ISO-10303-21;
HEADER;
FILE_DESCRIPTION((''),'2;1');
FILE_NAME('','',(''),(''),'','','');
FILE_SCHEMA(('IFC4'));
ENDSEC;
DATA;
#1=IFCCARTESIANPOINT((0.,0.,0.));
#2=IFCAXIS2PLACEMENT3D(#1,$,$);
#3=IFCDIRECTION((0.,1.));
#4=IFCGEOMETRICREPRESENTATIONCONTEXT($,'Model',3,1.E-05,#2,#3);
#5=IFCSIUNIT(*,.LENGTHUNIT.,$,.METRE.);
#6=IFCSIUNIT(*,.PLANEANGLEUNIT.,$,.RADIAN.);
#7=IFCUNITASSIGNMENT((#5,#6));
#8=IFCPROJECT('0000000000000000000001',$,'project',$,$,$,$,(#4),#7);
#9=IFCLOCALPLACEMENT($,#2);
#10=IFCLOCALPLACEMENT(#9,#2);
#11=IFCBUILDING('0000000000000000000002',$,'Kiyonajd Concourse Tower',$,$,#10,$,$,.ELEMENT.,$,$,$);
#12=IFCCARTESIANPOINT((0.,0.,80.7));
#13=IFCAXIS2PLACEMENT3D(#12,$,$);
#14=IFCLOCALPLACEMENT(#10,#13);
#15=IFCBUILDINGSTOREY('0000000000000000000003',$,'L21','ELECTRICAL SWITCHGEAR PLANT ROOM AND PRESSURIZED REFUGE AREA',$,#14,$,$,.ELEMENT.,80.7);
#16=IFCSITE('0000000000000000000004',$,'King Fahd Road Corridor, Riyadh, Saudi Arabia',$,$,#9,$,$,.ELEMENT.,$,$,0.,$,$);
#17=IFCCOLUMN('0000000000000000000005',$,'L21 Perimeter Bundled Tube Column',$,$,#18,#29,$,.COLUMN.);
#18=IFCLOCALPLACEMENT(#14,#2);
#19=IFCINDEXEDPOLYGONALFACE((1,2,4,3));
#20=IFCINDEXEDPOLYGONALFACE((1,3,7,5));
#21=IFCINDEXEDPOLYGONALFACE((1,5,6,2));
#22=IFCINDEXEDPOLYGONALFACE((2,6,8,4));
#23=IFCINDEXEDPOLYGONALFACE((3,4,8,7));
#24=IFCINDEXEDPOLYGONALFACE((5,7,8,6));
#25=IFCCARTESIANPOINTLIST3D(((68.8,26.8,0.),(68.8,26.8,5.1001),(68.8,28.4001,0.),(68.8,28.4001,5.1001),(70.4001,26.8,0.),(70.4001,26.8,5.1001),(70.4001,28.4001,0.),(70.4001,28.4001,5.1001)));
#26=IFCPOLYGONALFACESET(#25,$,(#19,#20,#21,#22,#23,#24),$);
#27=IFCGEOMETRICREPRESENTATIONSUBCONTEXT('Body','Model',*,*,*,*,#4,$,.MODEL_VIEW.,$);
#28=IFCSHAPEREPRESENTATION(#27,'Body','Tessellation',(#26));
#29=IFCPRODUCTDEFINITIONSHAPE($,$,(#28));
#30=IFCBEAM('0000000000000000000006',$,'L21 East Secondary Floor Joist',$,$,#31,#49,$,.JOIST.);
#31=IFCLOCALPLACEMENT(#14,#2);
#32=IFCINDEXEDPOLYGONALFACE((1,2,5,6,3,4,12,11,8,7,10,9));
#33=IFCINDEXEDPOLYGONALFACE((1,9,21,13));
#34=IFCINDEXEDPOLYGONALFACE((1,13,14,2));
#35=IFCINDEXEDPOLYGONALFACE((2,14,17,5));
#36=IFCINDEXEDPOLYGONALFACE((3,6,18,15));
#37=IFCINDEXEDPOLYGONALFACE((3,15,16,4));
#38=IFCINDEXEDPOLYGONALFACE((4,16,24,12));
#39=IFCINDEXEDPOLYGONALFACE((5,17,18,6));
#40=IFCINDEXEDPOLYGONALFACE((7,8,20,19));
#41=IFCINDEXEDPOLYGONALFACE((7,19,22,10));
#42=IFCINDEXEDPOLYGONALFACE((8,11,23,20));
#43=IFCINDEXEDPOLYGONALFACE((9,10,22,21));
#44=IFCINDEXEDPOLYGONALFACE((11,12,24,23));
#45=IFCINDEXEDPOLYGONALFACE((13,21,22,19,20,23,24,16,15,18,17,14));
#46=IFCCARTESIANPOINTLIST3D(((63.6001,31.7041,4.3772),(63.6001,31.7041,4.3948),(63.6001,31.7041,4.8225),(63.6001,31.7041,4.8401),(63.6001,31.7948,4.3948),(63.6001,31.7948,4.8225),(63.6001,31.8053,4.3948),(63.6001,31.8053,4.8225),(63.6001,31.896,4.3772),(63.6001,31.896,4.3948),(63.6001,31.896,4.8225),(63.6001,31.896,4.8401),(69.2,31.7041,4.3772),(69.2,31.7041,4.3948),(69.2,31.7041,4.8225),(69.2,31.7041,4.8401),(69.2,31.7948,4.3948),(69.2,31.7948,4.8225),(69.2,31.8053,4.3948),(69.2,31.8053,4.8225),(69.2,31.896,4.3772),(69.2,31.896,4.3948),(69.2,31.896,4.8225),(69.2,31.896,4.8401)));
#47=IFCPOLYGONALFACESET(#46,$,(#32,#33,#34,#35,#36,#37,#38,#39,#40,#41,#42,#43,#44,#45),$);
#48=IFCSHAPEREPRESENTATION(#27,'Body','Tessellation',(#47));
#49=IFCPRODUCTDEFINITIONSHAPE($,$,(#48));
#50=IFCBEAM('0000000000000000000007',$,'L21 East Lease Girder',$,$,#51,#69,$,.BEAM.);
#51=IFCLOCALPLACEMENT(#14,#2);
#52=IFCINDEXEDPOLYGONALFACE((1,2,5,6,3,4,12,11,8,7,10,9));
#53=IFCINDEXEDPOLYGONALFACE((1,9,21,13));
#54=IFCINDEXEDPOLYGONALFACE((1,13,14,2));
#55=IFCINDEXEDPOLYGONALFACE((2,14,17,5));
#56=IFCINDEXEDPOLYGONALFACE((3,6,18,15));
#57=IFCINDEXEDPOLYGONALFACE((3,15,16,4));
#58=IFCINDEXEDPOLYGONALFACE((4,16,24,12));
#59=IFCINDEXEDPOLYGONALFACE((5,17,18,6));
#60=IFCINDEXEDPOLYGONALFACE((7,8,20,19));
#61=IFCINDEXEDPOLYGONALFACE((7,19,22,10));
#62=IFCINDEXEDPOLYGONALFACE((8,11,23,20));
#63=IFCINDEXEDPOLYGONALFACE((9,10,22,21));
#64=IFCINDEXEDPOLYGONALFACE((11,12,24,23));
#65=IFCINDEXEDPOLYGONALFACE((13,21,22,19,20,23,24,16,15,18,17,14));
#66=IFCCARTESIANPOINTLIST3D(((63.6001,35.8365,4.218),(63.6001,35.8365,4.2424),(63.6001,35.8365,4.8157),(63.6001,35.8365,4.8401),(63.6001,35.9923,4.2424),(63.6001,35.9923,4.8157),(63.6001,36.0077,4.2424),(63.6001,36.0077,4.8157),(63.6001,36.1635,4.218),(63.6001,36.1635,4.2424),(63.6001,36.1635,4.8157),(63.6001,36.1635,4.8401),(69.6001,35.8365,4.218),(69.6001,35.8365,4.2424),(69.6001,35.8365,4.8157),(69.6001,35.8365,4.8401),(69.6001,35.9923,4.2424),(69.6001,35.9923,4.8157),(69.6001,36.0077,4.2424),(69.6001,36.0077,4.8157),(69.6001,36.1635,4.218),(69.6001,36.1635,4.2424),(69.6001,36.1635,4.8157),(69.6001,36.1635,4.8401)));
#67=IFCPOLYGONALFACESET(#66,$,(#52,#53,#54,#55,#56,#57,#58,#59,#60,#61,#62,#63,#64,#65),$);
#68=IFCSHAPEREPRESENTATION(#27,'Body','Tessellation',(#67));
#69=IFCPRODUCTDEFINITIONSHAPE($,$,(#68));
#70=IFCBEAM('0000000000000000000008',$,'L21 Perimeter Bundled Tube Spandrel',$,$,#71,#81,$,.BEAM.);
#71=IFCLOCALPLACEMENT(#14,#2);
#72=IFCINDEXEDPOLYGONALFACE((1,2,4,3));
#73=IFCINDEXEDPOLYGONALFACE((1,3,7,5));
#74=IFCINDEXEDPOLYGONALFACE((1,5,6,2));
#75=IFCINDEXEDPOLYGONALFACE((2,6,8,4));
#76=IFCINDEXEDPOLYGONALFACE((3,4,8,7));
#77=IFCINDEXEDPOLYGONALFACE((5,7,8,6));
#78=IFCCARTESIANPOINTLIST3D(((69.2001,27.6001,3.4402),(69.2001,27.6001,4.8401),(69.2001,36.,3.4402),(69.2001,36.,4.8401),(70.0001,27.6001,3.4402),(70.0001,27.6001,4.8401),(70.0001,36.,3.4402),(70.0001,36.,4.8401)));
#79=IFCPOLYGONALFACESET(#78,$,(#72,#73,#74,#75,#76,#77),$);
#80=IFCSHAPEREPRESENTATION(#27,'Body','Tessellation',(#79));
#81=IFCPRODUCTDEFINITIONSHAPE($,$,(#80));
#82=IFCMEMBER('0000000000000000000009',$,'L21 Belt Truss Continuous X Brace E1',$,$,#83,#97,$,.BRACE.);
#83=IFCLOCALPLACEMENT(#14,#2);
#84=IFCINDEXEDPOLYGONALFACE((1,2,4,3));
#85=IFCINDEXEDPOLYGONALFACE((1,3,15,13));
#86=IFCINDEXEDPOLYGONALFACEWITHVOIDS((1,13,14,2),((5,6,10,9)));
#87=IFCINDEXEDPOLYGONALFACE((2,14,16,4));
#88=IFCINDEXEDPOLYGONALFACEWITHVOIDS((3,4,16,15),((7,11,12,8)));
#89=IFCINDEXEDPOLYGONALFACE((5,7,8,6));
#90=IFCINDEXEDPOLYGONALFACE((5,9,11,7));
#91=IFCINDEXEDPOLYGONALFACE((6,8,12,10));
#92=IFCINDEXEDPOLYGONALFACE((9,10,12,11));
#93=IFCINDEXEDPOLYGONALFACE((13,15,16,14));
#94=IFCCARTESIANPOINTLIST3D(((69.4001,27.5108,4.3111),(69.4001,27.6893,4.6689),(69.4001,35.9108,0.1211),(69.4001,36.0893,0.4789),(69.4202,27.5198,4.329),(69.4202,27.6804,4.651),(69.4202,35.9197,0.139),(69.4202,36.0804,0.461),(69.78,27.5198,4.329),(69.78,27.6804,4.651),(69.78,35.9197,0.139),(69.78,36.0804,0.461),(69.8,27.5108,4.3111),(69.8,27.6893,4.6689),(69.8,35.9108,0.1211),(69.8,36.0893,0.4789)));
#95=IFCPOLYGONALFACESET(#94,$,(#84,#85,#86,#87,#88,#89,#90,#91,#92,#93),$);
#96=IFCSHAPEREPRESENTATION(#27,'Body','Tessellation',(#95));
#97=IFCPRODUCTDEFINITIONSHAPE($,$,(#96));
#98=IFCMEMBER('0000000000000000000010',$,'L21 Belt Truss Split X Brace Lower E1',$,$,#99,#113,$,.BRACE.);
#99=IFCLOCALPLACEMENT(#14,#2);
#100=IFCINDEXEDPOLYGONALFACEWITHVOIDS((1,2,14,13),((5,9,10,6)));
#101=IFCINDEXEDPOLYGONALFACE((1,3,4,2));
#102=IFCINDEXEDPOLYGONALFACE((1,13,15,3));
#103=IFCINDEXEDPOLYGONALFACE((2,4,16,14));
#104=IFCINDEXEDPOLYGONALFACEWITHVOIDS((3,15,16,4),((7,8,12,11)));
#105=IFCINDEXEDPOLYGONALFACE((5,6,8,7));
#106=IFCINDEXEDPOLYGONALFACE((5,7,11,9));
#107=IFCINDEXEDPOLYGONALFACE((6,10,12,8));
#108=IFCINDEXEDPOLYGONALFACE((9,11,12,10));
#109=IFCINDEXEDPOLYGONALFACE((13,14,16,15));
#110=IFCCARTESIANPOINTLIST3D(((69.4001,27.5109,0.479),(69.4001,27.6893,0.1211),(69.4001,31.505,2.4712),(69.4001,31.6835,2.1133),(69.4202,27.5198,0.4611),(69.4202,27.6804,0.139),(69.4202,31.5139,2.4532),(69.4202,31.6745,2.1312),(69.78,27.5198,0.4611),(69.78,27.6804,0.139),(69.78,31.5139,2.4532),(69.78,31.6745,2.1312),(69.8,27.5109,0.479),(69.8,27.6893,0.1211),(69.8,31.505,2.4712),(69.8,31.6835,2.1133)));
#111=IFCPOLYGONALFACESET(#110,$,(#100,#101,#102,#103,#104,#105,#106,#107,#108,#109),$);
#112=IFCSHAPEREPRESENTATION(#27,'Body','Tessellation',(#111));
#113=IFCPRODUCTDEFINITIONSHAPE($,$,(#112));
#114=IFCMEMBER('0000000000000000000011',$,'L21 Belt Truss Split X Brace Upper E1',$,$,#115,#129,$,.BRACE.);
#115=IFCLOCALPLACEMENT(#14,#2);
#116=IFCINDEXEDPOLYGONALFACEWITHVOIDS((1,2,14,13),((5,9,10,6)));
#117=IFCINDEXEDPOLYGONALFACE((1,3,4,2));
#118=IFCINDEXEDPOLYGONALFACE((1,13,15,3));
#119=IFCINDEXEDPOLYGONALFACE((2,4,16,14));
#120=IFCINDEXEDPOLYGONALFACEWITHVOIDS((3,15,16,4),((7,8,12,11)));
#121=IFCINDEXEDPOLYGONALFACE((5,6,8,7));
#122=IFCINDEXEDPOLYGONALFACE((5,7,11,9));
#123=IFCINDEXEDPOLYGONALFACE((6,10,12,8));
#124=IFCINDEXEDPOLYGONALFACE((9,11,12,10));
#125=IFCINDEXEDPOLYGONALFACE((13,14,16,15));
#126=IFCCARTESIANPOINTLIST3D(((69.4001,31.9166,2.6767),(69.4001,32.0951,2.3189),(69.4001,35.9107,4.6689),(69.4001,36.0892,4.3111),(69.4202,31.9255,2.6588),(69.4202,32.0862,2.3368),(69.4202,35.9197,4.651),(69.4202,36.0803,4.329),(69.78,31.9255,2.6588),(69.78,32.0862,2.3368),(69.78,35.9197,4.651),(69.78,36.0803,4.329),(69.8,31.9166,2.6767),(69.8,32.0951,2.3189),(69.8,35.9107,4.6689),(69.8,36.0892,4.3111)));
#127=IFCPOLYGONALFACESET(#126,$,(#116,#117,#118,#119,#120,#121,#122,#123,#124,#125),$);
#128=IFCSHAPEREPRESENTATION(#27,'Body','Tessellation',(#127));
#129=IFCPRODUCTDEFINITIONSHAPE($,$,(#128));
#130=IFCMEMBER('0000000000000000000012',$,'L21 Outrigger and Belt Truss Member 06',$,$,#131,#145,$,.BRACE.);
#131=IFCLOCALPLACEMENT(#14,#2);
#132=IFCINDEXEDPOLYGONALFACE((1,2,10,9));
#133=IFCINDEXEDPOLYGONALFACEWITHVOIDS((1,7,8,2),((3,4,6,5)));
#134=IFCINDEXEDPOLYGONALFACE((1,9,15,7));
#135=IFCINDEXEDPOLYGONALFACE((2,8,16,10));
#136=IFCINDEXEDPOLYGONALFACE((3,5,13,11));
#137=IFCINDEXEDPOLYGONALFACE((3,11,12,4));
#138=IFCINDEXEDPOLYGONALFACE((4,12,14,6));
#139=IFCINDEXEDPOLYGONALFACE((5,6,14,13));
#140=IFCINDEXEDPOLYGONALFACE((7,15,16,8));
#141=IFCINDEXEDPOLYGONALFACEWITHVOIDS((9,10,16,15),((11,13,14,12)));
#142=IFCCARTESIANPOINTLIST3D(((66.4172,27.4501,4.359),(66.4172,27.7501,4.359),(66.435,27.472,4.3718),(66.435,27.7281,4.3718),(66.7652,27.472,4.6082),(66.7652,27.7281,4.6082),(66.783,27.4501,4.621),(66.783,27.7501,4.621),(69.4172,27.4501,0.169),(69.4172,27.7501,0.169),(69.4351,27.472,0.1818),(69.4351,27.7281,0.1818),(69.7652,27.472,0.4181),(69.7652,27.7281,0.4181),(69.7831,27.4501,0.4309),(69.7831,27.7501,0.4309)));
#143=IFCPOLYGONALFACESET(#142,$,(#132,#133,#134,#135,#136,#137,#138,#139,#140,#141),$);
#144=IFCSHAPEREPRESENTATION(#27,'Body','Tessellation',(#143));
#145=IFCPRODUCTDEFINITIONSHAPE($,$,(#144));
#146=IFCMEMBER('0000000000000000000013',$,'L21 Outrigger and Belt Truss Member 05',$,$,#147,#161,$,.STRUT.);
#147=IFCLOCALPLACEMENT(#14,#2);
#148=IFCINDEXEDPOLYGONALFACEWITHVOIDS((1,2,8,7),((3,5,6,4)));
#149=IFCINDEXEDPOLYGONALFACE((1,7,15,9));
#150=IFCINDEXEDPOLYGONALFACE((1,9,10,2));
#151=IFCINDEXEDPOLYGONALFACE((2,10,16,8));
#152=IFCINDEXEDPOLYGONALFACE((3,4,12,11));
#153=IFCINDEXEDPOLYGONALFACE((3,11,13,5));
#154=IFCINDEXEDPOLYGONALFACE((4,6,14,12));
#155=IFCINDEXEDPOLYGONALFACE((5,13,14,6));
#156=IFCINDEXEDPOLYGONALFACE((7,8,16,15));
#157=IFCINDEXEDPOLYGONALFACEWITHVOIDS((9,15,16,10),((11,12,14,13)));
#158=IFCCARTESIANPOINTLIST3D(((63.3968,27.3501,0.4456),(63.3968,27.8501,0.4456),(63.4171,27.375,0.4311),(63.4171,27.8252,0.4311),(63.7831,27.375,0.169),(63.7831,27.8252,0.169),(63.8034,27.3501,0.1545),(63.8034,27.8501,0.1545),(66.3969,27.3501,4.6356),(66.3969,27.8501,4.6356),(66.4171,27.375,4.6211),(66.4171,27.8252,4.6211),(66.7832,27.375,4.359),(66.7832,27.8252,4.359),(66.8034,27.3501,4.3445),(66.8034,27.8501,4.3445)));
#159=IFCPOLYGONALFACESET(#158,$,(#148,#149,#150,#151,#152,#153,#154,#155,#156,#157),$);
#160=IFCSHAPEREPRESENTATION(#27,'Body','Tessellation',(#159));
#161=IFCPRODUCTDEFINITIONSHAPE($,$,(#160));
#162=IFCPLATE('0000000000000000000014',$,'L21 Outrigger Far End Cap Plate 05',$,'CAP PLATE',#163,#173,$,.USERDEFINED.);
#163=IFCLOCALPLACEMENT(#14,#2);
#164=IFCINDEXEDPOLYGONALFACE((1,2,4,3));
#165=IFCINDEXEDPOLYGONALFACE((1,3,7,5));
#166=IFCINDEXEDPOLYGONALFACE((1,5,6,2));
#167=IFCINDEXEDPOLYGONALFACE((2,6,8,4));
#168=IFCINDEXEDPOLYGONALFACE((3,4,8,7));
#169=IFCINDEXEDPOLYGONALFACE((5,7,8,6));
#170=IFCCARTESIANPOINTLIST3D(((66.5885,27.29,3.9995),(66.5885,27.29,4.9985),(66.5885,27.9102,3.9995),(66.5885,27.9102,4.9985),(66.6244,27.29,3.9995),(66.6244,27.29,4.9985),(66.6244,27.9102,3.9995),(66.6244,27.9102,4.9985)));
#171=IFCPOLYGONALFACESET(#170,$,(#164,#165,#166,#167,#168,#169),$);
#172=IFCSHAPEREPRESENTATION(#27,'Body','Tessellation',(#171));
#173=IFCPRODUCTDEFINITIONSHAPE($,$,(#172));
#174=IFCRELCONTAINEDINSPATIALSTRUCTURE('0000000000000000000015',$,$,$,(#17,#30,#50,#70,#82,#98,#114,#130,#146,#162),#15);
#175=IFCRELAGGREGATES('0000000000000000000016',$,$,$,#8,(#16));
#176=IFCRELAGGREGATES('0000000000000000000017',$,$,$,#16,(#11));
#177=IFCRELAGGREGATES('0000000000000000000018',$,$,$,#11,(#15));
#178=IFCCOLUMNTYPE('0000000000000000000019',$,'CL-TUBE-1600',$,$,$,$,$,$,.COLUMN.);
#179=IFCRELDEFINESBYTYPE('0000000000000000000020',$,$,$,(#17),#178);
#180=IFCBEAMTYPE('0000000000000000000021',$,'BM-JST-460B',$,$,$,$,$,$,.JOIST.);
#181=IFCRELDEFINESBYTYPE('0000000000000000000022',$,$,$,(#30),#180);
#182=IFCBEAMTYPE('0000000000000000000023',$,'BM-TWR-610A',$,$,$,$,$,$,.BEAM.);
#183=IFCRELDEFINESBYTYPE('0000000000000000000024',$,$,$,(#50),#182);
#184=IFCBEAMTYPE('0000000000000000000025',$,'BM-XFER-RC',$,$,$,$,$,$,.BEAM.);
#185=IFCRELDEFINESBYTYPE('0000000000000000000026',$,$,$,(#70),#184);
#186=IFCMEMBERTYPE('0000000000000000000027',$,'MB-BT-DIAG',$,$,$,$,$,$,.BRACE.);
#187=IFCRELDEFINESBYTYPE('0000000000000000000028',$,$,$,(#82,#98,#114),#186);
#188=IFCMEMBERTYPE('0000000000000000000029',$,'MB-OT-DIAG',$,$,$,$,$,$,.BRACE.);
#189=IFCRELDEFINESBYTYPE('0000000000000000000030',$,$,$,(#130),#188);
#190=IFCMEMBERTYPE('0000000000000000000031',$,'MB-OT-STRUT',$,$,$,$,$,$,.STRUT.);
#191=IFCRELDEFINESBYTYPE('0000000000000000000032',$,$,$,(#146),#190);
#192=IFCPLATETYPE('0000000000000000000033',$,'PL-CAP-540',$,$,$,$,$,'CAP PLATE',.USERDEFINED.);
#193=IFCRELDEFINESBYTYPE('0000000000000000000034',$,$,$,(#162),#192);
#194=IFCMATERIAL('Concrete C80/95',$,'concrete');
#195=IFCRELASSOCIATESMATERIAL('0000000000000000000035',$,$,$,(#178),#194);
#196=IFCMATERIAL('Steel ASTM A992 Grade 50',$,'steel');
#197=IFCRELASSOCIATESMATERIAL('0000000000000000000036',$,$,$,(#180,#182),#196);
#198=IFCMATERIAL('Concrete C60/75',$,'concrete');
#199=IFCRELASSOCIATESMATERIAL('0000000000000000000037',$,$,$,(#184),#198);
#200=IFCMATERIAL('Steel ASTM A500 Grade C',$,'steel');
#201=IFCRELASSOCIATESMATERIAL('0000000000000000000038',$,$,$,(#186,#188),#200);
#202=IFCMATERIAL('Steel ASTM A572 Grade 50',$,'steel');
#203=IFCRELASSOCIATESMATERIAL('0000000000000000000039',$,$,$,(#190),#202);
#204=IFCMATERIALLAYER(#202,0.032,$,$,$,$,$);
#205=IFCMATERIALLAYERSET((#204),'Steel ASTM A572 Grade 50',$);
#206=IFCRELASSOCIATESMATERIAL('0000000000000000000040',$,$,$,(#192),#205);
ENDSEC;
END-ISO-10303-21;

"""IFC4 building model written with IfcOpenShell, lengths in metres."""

from ifc_helpers import new_model, si_unit, direction, frame, origin, origin_2d, place, context, subcontext, project, spatial, rectangle, hollow_rectangle, i_section, extrude, material, layer, layer_set, material_profile, profile_set, type_object, element, save


model = new_model("IFC4")

# Units and contexts
model_context = context("Model", 3, precision=1e-05, world=origin(), true_north=direction((0.0, 1.0)))
body_context = subcontext(model_context, "Body", "Model", "MODEL_VIEW")
ifc_project = project(units=[si_unit("LENGTHUNIT", "METRE"), si_unit("PLANEANGLEUNIT", "RADIAN")], contexts=[model_context])

# Site, building, storey
site_placement = place(None, origin())
site = spatial("IfcSite", under=ifc_project, at=site_placement, Name="King Fahd Road Corridor, Riyadh, Saudi Arabia", CompositionType="ELEMENT", RefElevation=0.0)
building_placement = place(site_placement, origin())
building = spatial("IfcBuilding", under=site, at=building_placement, Name="Kiyonajd Concourse Tower", CompositionType="ELEMENT")
storey_placement = place(building_placement, frame((0.0, 0.0, 80.7)))
storey = spatial("IfcBuildingStorey", under=building, at=storey_placement, Name="L21", Description="ELECTRICAL SWITCHGEAR PLANT ROOM AND PRESSURIZED REFUGE AREA", CompositionType="ELEMENT", Elevation=80.7)

# Column
ifc_material_1 = material(Name="Concrete C80/95", Category="concrete")
ifc_material_profile_1 = material_profile(ifc_material_1, rectangle(XDim=1.6001, YDim=1.6001, at=origin_2d()), Name="RC-1600x1600")
ifc_profile_set_1 = profile_set([ifc_material_profile_1], Name="Concrete C80/95")
column_type = type_object("IfcColumnType", Name="CL-TUBE-1600", PredefinedType="COLUMN", material=ifc_profile_set_1)
column_placement = place(storey_placement, frame((69.6001, 27.6001, 0.0), z_axis=(0.0, 0.0, 1.0), x_axis=(1.0, 0.0, 0.0)))
element("IfcColumn", 1, at=column_placement, inside=storey, type_object=column_type, Name="L21 Perimeter Bundled Tube Column", PredefinedType="COLUMN", context=body_context, shape_type="SweptSolid", body=[
    extrude(rectangle(XDim=1.6001, YDim=1.6001, at=origin_2d()), origin(), (0.0, 0.0, 1.0), 5.1001),
])

# Beams
ifc_material_2 = material(Name="Steel ASTM A992 Grade 50", Category="steel")
ifc_material_profile_2 = material_profile(ifc_material_2, i_section(OverallWidth=0.1919, OverallDepth=0.4629, WebThickness=0.0105, FlangeThickness=0.0176, at=origin_2d()), Name="W460X89")
ifc_profile_set_2 = profile_set([ifc_material_profile_2], Name="Steel ASTM A992 Grade 50")
beam_type_1 = type_object("IfcBeamType", Name="BM-JST-460B", PredefinedType="JOIST", material=ifc_profile_set_2)
beam_1_placement = place(storey_placement, frame((63.6001, 31.8, 4.6086), z_axis=(1.0, 0.0, 0.0), x_axis=(0.0, 1.0, 0.0)))
element("IfcBeam", 2, at=beam_1_placement, inside=storey, type_object=beam_type_1, Name="L21 East Secondary Floor Joist", PredefinedType="JOIST", context=body_context, shape_type="SweptSolid", body=[
    extrude(i_section(OverallWidth=0.1919, OverallDepth=0.4629, WebThickness=0.0105, FlangeThickness=0.0176, at=origin_2d()), origin(), (0.0, 0.0, 1.0), 5.5999),
])
ifc_material_profile_3 = material_profile(ifc_material_2, i_section(OverallWidth=0.3269, OverallDepth=0.6221, WebThickness=0.0154, FlangeThickness=0.0244, at=origin_2d()), Name="W610X195")
ifc_profile_set_3 = profile_set([ifc_material_profile_3], Name="Steel ASTM A992 Grade 50")
beam_type_2 = type_object("IfcBeamType", Name="BM-TWR-610A", PredefinedType="BEAM", material=ifc_profile_set_3)
beam_2_placement = place(storey_placement, frame((63.6001, 36.0, 4.5291), z_axis=(1.0, 0.0, 0.0), x_axis=(0.0, 1.0, 0.0)))
element("IfcBeam", 3, at=beam_2_placement, inside=storey, type_object=beam_type_2, Name="L21 East Lease Girder", PredefinedType="BEAM", context=body_context, shape_type="SweptSolid", body=[
    extrude(i_section(OverallWidth=0.3269, OverallDepth=0.6221, WebThickness=0.0154, FlangeThickness=0.0244, at=origin_2d()), origin(), (0.0, 0.0, 1.0), 6.0),
])
ifc_material_3 = material(Name="Concrete C60/75", Category="concrete")
ifc_material_profile_4 = material_profile(ifc_material_3, rectangle(XDim=0.8, YDim=1.3999, at=origin_2d()), Name="RCBM-800x1400")
ifc_profile_set_4 = profile_set([ifc_material_profile_4], Name="Concrete C60/75")
beam_type_3 = type_object("IfcBeamType", Name="BM-XFER-RC", PredefinedType="BEAM", material=ifc_profile_set_4)
beam_3_placement = place(storey_placement, frame((69.6001, 27.6001, 4.1401), z_axis=(0.0, 1.0, 0.0), x_axis=(-1.0, 0.0, 0.0)))
element("IfcBeam", 4, at=beam_3_placement, inside=storey, type_object=beam_type_3, Name="L21 Perimeter Bundled Tube Spandrel", PredefinedType="BEAM", context=body_context, shape_type="SweptSolid", body=[
    extrude(rectangle(XDim=0.8, YDim=1.3999, at=origin_2d()), origin(), (0.0, 0.0, 1.0), 8.3999),
])

# Members
ifc_material_4 = material(Name="Steel ASTM A500 Grade C", Category="steel")
ifc_material_profile_5 = material_profile(ifc_material_4, hollow_rectangle(XDim=0.3999, YDim=0.3999, WallThickness=0.02, at=origin_2d()), Name="HSS-400x400x20")
ifc_profile_set_5 = profile_set([ifc_material_profile_5], Name="Steel ASTM A500 Grade C")
member_type_1 = type_object("IfcMemberType", Name="MB-BT-DIAG", PredefinedType="BRACE", material=ifc_profile_set_5)
member_1_placement = place(storey_placement, frame((69.6001, 27.6001, 4.49), z_axis=(0.0, 0.894853, -0.44636), x_axis=(-1.0, 0.0, 0.0)))
element("IfcMember", 5, at=member_1_placement, inside=storey, type_object=member_type_1, Name="L21 Belt Truss Continuous X Brace E1", PredefinedType="BRACE", context=body_context, shape_type="SweptSolid", body=[
    extrude(hollow_rectangle(XDim=0.3999, YDim=0.3999, WallThickness=0.02, at=origin_2d()), origin(), (0.0, 0.0, 1.0), 9.387),
])
for number, where, z_axis, x_axis, name in (
    (6, (69.6001, 27.6001, 0.3), (0.0, 0.894864, 0.446338), (-1.0, 0.0, 0.0), "L21 Belt Truss Split X Brace Lower E1"),
    (7, (69.6001, 32.0059, 2.4978), (0.0, 0.894864, 0.446338), (-1.0, 0.0, 0.0), "L21 Belt Truss Split X Brace Upper E1"),
):
    element("IfcMember", number, at=place(storey_placement, frame(where, z_axis=z_axis, x_axis=x_axis)), inside=storey, type_object=member_type_1, Name=name, PredefinedType="BRACE", context=body_context, shape_type="SweptSolid", body=[
        extrude(hollow_rectangle(XDim=0.3999, YDim=0.3999, WallThickness=0.02, at=origin_2d()), origin(), (0.0, 0.0, 1.0), 4.4634),
    ])
ifc_material_profile_6 = material_profile(ifc_material_4, hollow_rectangle(XDim=0.3, YDim=0.45, WallThickness=0.022, at=origin_2d()), Name="HSS-450x300x22")
ifc_profile_set_6 = profile_set([ifc_material_profile_6], Name="Steel ASTM A500 Grade C")
member_type_2 = type_object("IfcMemberType", Name="MB-OT-DIAG", PredefinedType="BRACE", material=ifc_profile_set_6)
member_2_placement = place(storey_placement, frame((66.6001, 27.6001, 4.49), z_axis=(0.582161, 0.0, -0.813074), x_axis=(0.0, 1.0, 0.0)))
element("IfcMember", 8, at=member_2_placement, inside=storey, type_object=member_type_2, Name="L21 Outrigger and Belt Truss Member 06", PredefinedType="BRACE", context=body_context, shape_type="SweptSolid", body=[
    extrude(hollow_rectangle(XDim=0.3, YDim=0.45, WallThickness=0.022, at=origin_2d()), origin(), (0.0, 0.0, 1.0), 5.1533),
])
ifc_material_5 = material(Name="Steel ASTM A572 Grade 50", Category="steel")
ifc_material_profile_7 = material_profile(ifc_material_5, hollow_rectangle(XDim=0.5, YDim=0.5, WallThickness=0.0249, at=origin_2d()), Name="HSS-500x500x25")
ifc_profile_set_7 = profile_set([ifc_material_profile_7], Name="Steel ASTM A572 Grade 50")
member_type_3 = type_object("IfcMemberType", Name="MB-OT-STRUT", PredefinedType="STRUT", material=ifc_profile_set_7)
member_3_placement = place(storey_placement, frame((63.6001, 27.6001, 0.3), z_axis=(0.582161, 0.0, 0.813074), x_axis=(0.0, 1.0, 0.0)))
element("IfcMember", 9, at=member_3_placement, inside=storey, type_object=member_type_3, Name="L21 Outrigger and Belt Truss Member 05", PredefinedType="STRUT", context=body_context, shape_type="SweptSolid", body=[
    extrude(hollow_rectangle(XDim=0.5, YDim=0.5, WallThickness=0.0249, at=origin_2d()), origin(), (0.0, 0.0, 1.0), 5.1533),
])

# Plate
ifc_layer_1 = layer(ifc_material_5, 0.032)
ifc_layer_set_1 = layer_set([ifc_layer_1], Name="Steel ASTM A572 Grade 50")
plate_type_1 = type_object("IfcPlateType", Name="PL-CAP-540", ElementType="CAP PLATE", PredefinedType="USERDEFINED", material=ifc_layer_set_1)
plate_1_placement = place(storey_placement, frame((66.6064, 27.6001, 3.9995), z_axis=(0.0, 0.0, 1.0), x_axis=(1.0, 0.0, 0.0)))
element("IfcPlate", 10, at=plate_1_placement, inside=storey, type_object=plate_type_1, Name="L21 Outrigger Far End Cap Plate 05", ObjectType="CAP PLATE", PredefinedType="USERDEFINED", context=body_context, shape_type="SweptSolid", body=[
    extrude(rectangle(XDim=0.0359, YDim=0.6201, at=origin_2d()), origin(), (0.0, 0.0, 1.0), 0.999),
])

save(model, "model.ifc")
